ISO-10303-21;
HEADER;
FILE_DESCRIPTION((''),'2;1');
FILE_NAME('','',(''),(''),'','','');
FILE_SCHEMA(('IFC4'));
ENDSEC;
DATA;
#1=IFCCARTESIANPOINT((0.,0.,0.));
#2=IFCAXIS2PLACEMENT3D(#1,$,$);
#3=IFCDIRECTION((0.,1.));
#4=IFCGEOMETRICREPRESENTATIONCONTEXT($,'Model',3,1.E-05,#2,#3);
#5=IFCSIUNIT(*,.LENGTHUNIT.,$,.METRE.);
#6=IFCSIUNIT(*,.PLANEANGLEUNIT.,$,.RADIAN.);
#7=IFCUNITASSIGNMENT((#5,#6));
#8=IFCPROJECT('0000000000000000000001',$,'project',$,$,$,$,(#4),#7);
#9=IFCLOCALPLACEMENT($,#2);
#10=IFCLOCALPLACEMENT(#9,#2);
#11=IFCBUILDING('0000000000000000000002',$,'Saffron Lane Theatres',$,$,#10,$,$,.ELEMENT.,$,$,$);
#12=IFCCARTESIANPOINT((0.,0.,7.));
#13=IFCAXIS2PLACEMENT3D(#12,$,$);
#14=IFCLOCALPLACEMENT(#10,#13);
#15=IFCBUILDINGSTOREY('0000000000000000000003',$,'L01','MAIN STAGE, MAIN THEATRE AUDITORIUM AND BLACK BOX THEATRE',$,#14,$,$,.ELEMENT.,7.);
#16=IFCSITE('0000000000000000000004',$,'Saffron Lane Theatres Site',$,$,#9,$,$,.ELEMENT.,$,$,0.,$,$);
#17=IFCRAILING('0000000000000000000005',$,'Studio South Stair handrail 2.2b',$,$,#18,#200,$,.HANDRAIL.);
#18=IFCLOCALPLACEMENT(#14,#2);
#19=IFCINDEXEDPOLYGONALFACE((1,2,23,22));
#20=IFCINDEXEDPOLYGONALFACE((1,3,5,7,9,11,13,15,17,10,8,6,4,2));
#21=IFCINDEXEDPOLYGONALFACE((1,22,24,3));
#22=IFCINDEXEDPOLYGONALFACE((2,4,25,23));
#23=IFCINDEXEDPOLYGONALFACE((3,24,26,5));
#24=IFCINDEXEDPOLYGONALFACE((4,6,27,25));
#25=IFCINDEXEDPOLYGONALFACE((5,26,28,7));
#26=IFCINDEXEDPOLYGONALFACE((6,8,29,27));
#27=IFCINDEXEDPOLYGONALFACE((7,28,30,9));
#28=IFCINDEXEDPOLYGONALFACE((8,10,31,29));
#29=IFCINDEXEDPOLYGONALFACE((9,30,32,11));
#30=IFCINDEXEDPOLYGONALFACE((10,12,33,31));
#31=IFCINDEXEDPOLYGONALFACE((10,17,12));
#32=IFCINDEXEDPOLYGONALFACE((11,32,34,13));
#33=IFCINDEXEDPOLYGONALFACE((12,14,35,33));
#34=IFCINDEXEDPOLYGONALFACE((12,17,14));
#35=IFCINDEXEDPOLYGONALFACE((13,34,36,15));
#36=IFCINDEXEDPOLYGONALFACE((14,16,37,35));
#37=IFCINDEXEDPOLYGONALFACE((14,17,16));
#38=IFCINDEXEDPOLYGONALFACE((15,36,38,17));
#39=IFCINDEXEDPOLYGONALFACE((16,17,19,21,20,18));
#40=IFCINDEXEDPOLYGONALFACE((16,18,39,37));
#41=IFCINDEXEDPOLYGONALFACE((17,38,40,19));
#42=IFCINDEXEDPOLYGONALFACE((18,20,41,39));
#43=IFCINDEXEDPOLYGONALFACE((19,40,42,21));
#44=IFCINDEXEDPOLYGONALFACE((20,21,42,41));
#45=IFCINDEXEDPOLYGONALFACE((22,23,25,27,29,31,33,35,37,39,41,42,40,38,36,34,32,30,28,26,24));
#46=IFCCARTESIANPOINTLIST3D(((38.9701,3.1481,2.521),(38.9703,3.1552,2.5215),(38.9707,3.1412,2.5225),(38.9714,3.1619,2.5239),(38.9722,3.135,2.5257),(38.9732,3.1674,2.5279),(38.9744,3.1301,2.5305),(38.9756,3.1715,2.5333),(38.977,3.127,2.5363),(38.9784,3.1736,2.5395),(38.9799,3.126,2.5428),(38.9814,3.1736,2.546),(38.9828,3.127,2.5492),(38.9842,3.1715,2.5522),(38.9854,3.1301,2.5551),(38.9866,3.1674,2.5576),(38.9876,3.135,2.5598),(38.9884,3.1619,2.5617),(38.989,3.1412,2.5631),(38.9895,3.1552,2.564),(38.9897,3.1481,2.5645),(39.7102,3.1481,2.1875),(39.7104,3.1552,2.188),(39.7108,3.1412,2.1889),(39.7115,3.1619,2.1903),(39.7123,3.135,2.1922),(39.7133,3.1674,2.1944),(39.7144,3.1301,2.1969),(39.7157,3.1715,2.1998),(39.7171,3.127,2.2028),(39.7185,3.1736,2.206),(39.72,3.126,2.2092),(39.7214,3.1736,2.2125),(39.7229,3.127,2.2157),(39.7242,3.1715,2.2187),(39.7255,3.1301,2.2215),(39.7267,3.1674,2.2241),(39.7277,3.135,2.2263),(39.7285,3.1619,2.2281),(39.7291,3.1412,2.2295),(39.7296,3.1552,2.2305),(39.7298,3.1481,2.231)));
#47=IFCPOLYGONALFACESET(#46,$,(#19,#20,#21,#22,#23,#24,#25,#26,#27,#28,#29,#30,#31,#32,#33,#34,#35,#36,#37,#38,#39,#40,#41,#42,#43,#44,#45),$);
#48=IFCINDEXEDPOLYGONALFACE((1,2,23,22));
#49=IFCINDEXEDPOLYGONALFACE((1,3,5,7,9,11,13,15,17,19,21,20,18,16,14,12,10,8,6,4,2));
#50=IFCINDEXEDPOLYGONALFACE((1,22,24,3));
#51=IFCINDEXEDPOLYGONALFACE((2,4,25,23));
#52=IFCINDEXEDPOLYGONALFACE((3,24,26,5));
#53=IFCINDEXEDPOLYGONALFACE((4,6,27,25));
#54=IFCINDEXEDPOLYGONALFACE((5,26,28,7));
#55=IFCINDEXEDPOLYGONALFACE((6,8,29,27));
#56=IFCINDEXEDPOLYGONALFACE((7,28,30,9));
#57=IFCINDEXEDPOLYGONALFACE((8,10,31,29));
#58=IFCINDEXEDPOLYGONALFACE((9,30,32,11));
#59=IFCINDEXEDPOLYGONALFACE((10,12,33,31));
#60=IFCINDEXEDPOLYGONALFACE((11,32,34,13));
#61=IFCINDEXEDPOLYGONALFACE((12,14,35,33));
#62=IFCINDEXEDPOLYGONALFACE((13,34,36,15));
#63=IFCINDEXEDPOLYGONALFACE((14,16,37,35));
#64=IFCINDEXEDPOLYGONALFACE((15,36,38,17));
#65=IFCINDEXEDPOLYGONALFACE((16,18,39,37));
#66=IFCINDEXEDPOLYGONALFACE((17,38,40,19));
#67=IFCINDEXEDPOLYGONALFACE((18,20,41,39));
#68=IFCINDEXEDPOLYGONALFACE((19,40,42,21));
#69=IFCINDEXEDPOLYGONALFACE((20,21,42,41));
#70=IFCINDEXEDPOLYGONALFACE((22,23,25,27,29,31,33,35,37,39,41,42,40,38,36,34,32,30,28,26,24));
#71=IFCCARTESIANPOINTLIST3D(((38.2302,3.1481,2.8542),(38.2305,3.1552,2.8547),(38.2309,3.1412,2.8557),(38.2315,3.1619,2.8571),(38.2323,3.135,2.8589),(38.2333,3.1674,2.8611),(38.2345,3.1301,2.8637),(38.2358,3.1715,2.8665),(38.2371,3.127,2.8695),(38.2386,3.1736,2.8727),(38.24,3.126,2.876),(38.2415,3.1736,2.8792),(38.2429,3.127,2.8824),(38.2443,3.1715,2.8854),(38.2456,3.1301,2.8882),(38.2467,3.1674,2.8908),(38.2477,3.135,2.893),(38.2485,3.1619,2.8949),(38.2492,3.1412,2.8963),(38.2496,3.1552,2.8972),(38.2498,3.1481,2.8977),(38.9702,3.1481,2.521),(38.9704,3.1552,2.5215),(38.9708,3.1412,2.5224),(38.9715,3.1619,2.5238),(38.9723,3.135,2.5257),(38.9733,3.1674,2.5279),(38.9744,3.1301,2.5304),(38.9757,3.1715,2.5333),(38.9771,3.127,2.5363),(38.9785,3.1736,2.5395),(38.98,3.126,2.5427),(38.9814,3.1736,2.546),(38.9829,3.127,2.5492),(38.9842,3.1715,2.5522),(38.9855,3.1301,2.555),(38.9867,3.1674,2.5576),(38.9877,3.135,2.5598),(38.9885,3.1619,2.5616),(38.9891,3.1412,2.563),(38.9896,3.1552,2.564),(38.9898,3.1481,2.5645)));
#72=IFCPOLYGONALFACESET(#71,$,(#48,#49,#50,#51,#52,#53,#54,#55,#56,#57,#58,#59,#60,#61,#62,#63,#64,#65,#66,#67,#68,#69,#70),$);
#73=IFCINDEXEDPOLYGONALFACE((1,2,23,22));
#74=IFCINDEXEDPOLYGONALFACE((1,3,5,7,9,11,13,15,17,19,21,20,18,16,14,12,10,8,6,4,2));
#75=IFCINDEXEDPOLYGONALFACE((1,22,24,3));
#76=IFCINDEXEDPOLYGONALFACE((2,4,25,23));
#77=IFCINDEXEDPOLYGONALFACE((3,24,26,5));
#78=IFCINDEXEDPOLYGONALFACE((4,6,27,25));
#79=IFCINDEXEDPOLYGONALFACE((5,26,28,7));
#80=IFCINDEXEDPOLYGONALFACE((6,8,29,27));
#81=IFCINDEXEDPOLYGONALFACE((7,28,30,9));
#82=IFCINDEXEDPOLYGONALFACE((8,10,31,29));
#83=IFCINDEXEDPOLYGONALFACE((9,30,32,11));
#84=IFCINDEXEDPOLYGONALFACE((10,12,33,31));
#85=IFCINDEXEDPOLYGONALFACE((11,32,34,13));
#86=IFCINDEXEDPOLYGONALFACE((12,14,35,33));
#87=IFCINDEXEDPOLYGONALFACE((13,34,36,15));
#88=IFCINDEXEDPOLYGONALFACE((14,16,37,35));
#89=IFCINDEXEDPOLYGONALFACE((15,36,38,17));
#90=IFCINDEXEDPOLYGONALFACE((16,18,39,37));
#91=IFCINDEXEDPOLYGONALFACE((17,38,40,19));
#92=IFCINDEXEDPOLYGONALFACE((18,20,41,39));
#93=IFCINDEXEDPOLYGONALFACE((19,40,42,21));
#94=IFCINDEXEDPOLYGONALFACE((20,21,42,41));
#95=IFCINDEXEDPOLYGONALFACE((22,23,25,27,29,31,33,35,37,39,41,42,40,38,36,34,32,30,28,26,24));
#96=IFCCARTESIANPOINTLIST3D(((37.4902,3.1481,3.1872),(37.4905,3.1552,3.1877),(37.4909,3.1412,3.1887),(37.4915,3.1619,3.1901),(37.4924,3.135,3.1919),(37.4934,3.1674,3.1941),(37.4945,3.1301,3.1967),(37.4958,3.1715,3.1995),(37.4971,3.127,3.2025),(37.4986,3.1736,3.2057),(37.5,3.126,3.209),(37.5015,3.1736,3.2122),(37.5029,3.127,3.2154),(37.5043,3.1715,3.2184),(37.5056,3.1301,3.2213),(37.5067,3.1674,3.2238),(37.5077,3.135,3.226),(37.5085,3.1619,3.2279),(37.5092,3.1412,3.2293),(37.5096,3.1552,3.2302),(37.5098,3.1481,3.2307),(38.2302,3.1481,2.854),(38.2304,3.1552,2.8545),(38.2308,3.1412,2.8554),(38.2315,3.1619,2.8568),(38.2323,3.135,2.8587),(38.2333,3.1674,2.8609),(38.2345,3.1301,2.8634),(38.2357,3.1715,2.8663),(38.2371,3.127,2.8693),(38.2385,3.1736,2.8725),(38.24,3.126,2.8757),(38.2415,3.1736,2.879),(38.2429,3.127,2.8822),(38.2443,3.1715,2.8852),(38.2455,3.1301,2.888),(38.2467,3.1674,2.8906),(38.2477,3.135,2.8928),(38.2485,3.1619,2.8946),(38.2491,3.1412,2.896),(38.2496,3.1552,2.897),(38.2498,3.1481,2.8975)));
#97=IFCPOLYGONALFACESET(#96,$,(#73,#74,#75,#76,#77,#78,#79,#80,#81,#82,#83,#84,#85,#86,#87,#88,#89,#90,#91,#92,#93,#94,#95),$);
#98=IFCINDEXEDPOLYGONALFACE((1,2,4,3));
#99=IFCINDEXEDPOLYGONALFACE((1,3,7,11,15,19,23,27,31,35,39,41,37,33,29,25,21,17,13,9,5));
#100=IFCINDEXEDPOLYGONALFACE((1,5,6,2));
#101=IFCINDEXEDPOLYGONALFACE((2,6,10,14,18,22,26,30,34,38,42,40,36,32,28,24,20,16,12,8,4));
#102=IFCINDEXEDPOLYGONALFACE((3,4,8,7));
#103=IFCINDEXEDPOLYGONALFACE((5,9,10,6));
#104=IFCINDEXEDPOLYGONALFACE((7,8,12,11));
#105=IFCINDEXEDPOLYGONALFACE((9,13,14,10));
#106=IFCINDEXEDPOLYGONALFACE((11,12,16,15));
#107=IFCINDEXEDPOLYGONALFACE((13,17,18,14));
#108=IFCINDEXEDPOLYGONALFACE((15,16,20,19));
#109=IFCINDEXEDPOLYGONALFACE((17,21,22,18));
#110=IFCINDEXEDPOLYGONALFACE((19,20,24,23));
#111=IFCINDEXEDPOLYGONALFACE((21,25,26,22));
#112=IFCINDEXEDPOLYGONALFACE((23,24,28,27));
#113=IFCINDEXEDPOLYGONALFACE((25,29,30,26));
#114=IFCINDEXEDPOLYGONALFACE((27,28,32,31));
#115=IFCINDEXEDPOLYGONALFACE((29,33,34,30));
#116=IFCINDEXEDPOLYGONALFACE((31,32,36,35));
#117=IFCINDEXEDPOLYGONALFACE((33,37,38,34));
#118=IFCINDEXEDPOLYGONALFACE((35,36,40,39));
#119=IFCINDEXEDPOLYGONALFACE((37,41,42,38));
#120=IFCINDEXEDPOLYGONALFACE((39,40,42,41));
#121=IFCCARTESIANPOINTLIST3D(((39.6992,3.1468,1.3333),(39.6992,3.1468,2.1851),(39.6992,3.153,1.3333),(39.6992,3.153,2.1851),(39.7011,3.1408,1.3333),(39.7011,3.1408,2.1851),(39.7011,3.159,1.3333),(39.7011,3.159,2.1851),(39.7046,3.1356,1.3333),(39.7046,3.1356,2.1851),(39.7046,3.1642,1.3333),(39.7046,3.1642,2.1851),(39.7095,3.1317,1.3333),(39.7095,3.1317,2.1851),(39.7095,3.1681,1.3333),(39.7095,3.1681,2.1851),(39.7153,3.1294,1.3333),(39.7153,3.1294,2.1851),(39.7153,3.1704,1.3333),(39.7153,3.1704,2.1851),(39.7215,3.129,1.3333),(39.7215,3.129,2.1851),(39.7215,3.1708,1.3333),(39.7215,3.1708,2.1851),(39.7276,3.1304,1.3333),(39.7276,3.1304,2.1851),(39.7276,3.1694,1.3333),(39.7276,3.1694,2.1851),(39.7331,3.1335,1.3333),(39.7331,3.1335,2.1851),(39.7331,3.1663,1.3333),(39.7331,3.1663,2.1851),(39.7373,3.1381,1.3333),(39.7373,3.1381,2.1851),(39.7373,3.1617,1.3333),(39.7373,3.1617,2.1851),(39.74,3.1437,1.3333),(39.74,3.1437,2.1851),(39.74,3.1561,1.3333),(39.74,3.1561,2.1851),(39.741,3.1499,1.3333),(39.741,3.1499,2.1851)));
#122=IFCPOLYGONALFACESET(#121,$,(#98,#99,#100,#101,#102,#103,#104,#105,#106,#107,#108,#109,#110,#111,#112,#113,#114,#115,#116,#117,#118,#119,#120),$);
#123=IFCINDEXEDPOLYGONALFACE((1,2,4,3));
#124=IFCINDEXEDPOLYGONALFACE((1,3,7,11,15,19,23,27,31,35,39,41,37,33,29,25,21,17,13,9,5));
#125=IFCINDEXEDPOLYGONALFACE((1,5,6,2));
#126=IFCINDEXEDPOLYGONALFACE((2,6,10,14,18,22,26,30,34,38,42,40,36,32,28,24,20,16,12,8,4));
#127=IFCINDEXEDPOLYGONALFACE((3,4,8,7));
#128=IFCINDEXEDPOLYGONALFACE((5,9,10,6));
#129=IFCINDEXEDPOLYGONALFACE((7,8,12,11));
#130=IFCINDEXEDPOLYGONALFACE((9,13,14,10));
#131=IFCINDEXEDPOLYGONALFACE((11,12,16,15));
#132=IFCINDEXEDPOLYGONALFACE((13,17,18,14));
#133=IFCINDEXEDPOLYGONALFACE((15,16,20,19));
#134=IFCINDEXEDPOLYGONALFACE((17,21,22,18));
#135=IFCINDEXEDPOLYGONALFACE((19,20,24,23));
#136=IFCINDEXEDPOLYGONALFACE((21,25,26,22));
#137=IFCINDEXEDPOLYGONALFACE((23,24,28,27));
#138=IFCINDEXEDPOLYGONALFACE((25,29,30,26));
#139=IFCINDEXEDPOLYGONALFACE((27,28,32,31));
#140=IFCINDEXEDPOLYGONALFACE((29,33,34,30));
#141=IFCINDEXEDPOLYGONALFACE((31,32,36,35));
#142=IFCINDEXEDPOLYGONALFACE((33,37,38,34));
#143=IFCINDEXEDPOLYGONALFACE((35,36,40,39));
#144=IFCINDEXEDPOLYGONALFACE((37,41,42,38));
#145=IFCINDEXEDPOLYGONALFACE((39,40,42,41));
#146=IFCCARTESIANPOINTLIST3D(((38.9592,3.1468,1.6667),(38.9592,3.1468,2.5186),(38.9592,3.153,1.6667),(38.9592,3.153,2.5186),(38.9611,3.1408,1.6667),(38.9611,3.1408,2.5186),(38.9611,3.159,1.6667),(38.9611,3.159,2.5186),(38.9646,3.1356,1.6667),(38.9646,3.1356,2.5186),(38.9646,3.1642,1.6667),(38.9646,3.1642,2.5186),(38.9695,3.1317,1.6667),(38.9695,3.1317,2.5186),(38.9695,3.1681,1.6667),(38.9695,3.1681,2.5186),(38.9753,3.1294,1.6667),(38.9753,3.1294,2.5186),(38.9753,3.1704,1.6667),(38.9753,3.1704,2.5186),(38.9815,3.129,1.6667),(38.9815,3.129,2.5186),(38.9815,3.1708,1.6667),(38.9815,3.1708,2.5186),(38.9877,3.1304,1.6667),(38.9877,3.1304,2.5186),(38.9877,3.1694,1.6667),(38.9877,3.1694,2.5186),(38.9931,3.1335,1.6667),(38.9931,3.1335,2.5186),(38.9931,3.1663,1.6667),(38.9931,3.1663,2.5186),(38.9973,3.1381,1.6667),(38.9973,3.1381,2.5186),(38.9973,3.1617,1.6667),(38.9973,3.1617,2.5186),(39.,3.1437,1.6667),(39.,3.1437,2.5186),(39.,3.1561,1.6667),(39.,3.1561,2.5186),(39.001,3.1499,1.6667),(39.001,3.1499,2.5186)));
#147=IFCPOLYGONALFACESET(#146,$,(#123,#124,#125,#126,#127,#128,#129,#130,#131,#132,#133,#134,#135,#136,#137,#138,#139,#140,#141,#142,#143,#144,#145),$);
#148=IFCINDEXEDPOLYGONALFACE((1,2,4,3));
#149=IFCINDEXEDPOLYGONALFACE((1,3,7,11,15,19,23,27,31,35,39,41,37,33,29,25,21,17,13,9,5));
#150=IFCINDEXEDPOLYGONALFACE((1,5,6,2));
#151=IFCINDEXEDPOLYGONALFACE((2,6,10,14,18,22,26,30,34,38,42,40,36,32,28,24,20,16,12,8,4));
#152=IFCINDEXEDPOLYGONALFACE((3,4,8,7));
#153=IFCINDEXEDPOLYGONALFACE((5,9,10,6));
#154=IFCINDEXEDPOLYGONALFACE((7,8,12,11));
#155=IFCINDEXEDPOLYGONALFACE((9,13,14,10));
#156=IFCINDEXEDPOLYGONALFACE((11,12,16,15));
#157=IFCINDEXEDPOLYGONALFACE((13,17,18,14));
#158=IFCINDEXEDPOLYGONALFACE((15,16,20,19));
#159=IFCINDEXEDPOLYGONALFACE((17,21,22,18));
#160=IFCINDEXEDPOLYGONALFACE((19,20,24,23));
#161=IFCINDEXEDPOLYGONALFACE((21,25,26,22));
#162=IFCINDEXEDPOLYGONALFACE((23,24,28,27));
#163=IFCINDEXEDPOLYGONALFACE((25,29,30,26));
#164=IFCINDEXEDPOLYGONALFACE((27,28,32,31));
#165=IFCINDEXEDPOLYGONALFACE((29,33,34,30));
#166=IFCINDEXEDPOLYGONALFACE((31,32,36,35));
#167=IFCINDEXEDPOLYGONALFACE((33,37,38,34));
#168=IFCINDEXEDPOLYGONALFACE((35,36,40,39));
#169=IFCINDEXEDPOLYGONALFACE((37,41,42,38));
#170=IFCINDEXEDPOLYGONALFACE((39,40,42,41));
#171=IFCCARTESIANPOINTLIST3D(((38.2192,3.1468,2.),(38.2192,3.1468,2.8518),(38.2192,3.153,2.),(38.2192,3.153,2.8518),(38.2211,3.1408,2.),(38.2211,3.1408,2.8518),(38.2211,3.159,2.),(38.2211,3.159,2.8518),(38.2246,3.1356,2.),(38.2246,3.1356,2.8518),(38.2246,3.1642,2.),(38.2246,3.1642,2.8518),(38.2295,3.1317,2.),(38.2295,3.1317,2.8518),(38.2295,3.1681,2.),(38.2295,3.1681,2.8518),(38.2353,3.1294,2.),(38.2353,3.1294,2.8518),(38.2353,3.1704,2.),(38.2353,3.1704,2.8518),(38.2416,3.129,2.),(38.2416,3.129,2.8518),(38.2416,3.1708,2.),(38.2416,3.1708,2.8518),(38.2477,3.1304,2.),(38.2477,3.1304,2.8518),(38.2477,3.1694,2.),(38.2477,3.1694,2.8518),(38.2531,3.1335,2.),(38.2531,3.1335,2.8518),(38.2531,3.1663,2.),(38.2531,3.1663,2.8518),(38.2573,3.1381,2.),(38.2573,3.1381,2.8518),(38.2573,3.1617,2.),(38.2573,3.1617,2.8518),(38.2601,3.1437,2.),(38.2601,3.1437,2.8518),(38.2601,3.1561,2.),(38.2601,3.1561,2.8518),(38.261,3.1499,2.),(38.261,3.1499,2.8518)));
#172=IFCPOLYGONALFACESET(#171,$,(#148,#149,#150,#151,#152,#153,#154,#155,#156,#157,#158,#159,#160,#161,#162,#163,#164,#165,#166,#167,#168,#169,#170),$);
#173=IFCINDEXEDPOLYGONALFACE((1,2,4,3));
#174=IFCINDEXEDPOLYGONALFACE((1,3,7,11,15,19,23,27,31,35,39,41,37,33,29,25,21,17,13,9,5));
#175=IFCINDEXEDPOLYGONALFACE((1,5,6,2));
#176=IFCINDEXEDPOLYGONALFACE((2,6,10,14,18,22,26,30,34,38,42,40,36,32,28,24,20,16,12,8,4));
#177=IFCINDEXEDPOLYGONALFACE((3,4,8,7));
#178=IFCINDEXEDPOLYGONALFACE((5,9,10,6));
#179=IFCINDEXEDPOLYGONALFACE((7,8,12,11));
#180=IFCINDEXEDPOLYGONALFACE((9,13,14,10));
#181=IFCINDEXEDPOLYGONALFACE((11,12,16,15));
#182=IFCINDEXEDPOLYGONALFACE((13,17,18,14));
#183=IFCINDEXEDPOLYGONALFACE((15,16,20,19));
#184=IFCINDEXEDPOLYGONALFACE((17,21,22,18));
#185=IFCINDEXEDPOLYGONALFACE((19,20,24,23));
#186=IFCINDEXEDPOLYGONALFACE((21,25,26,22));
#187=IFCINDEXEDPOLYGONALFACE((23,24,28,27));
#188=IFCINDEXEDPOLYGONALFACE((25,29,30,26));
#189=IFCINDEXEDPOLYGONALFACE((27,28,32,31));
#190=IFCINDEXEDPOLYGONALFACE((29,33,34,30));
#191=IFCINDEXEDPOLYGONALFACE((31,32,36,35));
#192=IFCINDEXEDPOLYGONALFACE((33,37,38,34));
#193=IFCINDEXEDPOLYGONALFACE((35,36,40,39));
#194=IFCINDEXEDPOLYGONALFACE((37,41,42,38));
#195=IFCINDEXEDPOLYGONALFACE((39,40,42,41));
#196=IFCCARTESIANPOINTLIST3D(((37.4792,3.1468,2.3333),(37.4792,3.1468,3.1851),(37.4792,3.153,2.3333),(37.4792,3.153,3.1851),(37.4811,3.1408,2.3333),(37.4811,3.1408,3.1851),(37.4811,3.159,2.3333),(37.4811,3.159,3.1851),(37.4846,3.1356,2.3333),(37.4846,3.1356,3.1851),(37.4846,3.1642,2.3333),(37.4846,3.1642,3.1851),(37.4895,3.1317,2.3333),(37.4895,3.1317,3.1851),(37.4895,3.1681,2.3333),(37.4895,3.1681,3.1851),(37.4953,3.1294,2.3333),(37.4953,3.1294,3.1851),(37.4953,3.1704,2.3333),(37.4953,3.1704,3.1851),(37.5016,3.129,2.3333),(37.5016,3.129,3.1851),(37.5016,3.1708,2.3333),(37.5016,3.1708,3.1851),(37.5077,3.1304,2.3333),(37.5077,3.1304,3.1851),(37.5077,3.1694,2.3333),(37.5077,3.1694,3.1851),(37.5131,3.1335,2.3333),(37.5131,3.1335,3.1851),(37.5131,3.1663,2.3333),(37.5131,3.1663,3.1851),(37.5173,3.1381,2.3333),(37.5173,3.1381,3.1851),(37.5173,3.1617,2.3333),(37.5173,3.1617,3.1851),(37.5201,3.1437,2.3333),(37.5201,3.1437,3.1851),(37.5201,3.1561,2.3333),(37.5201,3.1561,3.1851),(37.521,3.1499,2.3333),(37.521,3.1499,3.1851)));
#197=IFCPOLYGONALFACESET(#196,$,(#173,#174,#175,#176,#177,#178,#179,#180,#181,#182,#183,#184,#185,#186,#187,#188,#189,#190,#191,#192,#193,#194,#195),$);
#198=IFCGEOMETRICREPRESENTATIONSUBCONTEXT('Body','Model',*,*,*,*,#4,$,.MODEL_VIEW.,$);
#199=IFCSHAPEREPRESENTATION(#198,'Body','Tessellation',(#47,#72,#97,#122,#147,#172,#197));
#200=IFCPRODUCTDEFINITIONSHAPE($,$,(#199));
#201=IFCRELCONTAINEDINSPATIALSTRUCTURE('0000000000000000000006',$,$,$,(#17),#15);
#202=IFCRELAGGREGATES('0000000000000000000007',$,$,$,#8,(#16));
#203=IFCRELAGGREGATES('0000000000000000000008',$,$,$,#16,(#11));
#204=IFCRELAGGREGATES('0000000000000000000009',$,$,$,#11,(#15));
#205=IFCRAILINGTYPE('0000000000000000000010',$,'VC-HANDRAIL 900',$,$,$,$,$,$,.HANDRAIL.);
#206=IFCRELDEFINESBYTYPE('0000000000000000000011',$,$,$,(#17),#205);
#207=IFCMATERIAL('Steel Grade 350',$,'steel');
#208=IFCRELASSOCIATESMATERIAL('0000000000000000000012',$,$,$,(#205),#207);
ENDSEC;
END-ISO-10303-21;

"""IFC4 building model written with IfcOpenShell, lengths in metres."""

from ifc_helpers import new_model, si_unit, direction, frame, origin, origin_2d, place, context, subcontext, project, spatial, circle, extrude, material, type_object, element, save


model = new_model("IFC4")

# Units and contexts
model_context = context("Model", 3, precision=1e-05, world=origin(), true_north=direction((0.0, 1.0)))
body_context = subcontext(model_context, "Body", "Model", "MODEL_VIEW")
ifc_project = project(units=[si_unit("LENGTHUNIT", "METRE"), si_unit("PLANEANGLEUNIT", "RADIAN")], contexts=[model_context])

# Site, building, storey
site_placement = place(None, origin())
site = spatial("IfcSite", under=ifc_project, at=site_placement, Name="Saffron Lane Theatres Site", CompositionType="ELEMENT", RefElevation=0.0)
building_placement = place(site_placement, origin())
building = spatial("IfcBuilding", under=site, at=building_placement, Name="Saffron Lane Theatres", CompositionType="ELEMENT")
storey_placement = place(building_placement, frame((0.0, 0.0, 7.0)))
storey = spatial("IfcBuildingStorey", under=building, at=storey_placement, Name="L01", Description="MAIN STAGE, MAIN THEATRE AUDITORIUM AND BLACK BOX THEATRE", CompositionType="ELEMENT", Elevation=7.0)

# Railing
ifc_material_1 = material(Name="Steel Grade 350", Category="steel")
railing_type_1 = type_object("IfcRailingType", Name="VC-HANDRAIL 900", PredefinedType="HANDRAIL", material=ifc_material_1)
for number, where, name in (
    (1, (39.72, 3.1499, 1.3333), "Studio South Stair handrail 2.2b"),
):
    element("IfcRailing", number, at=place(storey_placement, frame(where)), inside=storey, type_object=railing_type_1, Name=name, PredefinedType="HANDRAIL", context=body_context, shape_type="SweptSolid", body=[
        extrude(circle(Radius=0.0239, at=origin_2d()), frame((0.0, 0.0, 0.876), z_axis=(-0.911691, 0.0, 0.410877), x_axis=(0.0, -1.0, 0.0)), (0.0, 0.0, 1.0), 0.8118),
        extrude(circle(Radius=0.0239, at=origin_2d()), frame((-0.74, 0.0, 1.2095), z_axis=(-0.911803, 0.0, 0.410627), x_axis=(0.0, -1.0, 0.0)), (0.0, 0.0, 1.0), 0.8115),
        extrude(circle(Radius=0.0239, at=origin_2d()), frame((-1.48, 0.0, 1.5425), z_axis=(-0.911803, 0.0, 0.410627), x_axis=(0.0, -1.0, 0.0)), (0.0, 0.0, 1.0), 0.8115),
        extrude(circle(Radius=0.021, at=origin_2d()), origin(), (0.0, 0.0, 1.0), 0.8518),
        extrude(circle(Radius=0.021, at=origin_2d()), frame((-0.74, 0.0, 0.3335)), (0.0, 0.0, 1.0), 0.8518),
        extrude(circle(Radius=0.021, at=origin_2d()), frame((-1.48, 0.0, 0.6667)), (0.0, 0.0, 1.0), 0.8518),
        extrude(circle(Radius=0.021, at=origin_2d()), frame((-2.22, 0.0, 1.0)), (0.0, 0.0, 1.0), 0.8518),
    ])

save(model, "model.ifc")
